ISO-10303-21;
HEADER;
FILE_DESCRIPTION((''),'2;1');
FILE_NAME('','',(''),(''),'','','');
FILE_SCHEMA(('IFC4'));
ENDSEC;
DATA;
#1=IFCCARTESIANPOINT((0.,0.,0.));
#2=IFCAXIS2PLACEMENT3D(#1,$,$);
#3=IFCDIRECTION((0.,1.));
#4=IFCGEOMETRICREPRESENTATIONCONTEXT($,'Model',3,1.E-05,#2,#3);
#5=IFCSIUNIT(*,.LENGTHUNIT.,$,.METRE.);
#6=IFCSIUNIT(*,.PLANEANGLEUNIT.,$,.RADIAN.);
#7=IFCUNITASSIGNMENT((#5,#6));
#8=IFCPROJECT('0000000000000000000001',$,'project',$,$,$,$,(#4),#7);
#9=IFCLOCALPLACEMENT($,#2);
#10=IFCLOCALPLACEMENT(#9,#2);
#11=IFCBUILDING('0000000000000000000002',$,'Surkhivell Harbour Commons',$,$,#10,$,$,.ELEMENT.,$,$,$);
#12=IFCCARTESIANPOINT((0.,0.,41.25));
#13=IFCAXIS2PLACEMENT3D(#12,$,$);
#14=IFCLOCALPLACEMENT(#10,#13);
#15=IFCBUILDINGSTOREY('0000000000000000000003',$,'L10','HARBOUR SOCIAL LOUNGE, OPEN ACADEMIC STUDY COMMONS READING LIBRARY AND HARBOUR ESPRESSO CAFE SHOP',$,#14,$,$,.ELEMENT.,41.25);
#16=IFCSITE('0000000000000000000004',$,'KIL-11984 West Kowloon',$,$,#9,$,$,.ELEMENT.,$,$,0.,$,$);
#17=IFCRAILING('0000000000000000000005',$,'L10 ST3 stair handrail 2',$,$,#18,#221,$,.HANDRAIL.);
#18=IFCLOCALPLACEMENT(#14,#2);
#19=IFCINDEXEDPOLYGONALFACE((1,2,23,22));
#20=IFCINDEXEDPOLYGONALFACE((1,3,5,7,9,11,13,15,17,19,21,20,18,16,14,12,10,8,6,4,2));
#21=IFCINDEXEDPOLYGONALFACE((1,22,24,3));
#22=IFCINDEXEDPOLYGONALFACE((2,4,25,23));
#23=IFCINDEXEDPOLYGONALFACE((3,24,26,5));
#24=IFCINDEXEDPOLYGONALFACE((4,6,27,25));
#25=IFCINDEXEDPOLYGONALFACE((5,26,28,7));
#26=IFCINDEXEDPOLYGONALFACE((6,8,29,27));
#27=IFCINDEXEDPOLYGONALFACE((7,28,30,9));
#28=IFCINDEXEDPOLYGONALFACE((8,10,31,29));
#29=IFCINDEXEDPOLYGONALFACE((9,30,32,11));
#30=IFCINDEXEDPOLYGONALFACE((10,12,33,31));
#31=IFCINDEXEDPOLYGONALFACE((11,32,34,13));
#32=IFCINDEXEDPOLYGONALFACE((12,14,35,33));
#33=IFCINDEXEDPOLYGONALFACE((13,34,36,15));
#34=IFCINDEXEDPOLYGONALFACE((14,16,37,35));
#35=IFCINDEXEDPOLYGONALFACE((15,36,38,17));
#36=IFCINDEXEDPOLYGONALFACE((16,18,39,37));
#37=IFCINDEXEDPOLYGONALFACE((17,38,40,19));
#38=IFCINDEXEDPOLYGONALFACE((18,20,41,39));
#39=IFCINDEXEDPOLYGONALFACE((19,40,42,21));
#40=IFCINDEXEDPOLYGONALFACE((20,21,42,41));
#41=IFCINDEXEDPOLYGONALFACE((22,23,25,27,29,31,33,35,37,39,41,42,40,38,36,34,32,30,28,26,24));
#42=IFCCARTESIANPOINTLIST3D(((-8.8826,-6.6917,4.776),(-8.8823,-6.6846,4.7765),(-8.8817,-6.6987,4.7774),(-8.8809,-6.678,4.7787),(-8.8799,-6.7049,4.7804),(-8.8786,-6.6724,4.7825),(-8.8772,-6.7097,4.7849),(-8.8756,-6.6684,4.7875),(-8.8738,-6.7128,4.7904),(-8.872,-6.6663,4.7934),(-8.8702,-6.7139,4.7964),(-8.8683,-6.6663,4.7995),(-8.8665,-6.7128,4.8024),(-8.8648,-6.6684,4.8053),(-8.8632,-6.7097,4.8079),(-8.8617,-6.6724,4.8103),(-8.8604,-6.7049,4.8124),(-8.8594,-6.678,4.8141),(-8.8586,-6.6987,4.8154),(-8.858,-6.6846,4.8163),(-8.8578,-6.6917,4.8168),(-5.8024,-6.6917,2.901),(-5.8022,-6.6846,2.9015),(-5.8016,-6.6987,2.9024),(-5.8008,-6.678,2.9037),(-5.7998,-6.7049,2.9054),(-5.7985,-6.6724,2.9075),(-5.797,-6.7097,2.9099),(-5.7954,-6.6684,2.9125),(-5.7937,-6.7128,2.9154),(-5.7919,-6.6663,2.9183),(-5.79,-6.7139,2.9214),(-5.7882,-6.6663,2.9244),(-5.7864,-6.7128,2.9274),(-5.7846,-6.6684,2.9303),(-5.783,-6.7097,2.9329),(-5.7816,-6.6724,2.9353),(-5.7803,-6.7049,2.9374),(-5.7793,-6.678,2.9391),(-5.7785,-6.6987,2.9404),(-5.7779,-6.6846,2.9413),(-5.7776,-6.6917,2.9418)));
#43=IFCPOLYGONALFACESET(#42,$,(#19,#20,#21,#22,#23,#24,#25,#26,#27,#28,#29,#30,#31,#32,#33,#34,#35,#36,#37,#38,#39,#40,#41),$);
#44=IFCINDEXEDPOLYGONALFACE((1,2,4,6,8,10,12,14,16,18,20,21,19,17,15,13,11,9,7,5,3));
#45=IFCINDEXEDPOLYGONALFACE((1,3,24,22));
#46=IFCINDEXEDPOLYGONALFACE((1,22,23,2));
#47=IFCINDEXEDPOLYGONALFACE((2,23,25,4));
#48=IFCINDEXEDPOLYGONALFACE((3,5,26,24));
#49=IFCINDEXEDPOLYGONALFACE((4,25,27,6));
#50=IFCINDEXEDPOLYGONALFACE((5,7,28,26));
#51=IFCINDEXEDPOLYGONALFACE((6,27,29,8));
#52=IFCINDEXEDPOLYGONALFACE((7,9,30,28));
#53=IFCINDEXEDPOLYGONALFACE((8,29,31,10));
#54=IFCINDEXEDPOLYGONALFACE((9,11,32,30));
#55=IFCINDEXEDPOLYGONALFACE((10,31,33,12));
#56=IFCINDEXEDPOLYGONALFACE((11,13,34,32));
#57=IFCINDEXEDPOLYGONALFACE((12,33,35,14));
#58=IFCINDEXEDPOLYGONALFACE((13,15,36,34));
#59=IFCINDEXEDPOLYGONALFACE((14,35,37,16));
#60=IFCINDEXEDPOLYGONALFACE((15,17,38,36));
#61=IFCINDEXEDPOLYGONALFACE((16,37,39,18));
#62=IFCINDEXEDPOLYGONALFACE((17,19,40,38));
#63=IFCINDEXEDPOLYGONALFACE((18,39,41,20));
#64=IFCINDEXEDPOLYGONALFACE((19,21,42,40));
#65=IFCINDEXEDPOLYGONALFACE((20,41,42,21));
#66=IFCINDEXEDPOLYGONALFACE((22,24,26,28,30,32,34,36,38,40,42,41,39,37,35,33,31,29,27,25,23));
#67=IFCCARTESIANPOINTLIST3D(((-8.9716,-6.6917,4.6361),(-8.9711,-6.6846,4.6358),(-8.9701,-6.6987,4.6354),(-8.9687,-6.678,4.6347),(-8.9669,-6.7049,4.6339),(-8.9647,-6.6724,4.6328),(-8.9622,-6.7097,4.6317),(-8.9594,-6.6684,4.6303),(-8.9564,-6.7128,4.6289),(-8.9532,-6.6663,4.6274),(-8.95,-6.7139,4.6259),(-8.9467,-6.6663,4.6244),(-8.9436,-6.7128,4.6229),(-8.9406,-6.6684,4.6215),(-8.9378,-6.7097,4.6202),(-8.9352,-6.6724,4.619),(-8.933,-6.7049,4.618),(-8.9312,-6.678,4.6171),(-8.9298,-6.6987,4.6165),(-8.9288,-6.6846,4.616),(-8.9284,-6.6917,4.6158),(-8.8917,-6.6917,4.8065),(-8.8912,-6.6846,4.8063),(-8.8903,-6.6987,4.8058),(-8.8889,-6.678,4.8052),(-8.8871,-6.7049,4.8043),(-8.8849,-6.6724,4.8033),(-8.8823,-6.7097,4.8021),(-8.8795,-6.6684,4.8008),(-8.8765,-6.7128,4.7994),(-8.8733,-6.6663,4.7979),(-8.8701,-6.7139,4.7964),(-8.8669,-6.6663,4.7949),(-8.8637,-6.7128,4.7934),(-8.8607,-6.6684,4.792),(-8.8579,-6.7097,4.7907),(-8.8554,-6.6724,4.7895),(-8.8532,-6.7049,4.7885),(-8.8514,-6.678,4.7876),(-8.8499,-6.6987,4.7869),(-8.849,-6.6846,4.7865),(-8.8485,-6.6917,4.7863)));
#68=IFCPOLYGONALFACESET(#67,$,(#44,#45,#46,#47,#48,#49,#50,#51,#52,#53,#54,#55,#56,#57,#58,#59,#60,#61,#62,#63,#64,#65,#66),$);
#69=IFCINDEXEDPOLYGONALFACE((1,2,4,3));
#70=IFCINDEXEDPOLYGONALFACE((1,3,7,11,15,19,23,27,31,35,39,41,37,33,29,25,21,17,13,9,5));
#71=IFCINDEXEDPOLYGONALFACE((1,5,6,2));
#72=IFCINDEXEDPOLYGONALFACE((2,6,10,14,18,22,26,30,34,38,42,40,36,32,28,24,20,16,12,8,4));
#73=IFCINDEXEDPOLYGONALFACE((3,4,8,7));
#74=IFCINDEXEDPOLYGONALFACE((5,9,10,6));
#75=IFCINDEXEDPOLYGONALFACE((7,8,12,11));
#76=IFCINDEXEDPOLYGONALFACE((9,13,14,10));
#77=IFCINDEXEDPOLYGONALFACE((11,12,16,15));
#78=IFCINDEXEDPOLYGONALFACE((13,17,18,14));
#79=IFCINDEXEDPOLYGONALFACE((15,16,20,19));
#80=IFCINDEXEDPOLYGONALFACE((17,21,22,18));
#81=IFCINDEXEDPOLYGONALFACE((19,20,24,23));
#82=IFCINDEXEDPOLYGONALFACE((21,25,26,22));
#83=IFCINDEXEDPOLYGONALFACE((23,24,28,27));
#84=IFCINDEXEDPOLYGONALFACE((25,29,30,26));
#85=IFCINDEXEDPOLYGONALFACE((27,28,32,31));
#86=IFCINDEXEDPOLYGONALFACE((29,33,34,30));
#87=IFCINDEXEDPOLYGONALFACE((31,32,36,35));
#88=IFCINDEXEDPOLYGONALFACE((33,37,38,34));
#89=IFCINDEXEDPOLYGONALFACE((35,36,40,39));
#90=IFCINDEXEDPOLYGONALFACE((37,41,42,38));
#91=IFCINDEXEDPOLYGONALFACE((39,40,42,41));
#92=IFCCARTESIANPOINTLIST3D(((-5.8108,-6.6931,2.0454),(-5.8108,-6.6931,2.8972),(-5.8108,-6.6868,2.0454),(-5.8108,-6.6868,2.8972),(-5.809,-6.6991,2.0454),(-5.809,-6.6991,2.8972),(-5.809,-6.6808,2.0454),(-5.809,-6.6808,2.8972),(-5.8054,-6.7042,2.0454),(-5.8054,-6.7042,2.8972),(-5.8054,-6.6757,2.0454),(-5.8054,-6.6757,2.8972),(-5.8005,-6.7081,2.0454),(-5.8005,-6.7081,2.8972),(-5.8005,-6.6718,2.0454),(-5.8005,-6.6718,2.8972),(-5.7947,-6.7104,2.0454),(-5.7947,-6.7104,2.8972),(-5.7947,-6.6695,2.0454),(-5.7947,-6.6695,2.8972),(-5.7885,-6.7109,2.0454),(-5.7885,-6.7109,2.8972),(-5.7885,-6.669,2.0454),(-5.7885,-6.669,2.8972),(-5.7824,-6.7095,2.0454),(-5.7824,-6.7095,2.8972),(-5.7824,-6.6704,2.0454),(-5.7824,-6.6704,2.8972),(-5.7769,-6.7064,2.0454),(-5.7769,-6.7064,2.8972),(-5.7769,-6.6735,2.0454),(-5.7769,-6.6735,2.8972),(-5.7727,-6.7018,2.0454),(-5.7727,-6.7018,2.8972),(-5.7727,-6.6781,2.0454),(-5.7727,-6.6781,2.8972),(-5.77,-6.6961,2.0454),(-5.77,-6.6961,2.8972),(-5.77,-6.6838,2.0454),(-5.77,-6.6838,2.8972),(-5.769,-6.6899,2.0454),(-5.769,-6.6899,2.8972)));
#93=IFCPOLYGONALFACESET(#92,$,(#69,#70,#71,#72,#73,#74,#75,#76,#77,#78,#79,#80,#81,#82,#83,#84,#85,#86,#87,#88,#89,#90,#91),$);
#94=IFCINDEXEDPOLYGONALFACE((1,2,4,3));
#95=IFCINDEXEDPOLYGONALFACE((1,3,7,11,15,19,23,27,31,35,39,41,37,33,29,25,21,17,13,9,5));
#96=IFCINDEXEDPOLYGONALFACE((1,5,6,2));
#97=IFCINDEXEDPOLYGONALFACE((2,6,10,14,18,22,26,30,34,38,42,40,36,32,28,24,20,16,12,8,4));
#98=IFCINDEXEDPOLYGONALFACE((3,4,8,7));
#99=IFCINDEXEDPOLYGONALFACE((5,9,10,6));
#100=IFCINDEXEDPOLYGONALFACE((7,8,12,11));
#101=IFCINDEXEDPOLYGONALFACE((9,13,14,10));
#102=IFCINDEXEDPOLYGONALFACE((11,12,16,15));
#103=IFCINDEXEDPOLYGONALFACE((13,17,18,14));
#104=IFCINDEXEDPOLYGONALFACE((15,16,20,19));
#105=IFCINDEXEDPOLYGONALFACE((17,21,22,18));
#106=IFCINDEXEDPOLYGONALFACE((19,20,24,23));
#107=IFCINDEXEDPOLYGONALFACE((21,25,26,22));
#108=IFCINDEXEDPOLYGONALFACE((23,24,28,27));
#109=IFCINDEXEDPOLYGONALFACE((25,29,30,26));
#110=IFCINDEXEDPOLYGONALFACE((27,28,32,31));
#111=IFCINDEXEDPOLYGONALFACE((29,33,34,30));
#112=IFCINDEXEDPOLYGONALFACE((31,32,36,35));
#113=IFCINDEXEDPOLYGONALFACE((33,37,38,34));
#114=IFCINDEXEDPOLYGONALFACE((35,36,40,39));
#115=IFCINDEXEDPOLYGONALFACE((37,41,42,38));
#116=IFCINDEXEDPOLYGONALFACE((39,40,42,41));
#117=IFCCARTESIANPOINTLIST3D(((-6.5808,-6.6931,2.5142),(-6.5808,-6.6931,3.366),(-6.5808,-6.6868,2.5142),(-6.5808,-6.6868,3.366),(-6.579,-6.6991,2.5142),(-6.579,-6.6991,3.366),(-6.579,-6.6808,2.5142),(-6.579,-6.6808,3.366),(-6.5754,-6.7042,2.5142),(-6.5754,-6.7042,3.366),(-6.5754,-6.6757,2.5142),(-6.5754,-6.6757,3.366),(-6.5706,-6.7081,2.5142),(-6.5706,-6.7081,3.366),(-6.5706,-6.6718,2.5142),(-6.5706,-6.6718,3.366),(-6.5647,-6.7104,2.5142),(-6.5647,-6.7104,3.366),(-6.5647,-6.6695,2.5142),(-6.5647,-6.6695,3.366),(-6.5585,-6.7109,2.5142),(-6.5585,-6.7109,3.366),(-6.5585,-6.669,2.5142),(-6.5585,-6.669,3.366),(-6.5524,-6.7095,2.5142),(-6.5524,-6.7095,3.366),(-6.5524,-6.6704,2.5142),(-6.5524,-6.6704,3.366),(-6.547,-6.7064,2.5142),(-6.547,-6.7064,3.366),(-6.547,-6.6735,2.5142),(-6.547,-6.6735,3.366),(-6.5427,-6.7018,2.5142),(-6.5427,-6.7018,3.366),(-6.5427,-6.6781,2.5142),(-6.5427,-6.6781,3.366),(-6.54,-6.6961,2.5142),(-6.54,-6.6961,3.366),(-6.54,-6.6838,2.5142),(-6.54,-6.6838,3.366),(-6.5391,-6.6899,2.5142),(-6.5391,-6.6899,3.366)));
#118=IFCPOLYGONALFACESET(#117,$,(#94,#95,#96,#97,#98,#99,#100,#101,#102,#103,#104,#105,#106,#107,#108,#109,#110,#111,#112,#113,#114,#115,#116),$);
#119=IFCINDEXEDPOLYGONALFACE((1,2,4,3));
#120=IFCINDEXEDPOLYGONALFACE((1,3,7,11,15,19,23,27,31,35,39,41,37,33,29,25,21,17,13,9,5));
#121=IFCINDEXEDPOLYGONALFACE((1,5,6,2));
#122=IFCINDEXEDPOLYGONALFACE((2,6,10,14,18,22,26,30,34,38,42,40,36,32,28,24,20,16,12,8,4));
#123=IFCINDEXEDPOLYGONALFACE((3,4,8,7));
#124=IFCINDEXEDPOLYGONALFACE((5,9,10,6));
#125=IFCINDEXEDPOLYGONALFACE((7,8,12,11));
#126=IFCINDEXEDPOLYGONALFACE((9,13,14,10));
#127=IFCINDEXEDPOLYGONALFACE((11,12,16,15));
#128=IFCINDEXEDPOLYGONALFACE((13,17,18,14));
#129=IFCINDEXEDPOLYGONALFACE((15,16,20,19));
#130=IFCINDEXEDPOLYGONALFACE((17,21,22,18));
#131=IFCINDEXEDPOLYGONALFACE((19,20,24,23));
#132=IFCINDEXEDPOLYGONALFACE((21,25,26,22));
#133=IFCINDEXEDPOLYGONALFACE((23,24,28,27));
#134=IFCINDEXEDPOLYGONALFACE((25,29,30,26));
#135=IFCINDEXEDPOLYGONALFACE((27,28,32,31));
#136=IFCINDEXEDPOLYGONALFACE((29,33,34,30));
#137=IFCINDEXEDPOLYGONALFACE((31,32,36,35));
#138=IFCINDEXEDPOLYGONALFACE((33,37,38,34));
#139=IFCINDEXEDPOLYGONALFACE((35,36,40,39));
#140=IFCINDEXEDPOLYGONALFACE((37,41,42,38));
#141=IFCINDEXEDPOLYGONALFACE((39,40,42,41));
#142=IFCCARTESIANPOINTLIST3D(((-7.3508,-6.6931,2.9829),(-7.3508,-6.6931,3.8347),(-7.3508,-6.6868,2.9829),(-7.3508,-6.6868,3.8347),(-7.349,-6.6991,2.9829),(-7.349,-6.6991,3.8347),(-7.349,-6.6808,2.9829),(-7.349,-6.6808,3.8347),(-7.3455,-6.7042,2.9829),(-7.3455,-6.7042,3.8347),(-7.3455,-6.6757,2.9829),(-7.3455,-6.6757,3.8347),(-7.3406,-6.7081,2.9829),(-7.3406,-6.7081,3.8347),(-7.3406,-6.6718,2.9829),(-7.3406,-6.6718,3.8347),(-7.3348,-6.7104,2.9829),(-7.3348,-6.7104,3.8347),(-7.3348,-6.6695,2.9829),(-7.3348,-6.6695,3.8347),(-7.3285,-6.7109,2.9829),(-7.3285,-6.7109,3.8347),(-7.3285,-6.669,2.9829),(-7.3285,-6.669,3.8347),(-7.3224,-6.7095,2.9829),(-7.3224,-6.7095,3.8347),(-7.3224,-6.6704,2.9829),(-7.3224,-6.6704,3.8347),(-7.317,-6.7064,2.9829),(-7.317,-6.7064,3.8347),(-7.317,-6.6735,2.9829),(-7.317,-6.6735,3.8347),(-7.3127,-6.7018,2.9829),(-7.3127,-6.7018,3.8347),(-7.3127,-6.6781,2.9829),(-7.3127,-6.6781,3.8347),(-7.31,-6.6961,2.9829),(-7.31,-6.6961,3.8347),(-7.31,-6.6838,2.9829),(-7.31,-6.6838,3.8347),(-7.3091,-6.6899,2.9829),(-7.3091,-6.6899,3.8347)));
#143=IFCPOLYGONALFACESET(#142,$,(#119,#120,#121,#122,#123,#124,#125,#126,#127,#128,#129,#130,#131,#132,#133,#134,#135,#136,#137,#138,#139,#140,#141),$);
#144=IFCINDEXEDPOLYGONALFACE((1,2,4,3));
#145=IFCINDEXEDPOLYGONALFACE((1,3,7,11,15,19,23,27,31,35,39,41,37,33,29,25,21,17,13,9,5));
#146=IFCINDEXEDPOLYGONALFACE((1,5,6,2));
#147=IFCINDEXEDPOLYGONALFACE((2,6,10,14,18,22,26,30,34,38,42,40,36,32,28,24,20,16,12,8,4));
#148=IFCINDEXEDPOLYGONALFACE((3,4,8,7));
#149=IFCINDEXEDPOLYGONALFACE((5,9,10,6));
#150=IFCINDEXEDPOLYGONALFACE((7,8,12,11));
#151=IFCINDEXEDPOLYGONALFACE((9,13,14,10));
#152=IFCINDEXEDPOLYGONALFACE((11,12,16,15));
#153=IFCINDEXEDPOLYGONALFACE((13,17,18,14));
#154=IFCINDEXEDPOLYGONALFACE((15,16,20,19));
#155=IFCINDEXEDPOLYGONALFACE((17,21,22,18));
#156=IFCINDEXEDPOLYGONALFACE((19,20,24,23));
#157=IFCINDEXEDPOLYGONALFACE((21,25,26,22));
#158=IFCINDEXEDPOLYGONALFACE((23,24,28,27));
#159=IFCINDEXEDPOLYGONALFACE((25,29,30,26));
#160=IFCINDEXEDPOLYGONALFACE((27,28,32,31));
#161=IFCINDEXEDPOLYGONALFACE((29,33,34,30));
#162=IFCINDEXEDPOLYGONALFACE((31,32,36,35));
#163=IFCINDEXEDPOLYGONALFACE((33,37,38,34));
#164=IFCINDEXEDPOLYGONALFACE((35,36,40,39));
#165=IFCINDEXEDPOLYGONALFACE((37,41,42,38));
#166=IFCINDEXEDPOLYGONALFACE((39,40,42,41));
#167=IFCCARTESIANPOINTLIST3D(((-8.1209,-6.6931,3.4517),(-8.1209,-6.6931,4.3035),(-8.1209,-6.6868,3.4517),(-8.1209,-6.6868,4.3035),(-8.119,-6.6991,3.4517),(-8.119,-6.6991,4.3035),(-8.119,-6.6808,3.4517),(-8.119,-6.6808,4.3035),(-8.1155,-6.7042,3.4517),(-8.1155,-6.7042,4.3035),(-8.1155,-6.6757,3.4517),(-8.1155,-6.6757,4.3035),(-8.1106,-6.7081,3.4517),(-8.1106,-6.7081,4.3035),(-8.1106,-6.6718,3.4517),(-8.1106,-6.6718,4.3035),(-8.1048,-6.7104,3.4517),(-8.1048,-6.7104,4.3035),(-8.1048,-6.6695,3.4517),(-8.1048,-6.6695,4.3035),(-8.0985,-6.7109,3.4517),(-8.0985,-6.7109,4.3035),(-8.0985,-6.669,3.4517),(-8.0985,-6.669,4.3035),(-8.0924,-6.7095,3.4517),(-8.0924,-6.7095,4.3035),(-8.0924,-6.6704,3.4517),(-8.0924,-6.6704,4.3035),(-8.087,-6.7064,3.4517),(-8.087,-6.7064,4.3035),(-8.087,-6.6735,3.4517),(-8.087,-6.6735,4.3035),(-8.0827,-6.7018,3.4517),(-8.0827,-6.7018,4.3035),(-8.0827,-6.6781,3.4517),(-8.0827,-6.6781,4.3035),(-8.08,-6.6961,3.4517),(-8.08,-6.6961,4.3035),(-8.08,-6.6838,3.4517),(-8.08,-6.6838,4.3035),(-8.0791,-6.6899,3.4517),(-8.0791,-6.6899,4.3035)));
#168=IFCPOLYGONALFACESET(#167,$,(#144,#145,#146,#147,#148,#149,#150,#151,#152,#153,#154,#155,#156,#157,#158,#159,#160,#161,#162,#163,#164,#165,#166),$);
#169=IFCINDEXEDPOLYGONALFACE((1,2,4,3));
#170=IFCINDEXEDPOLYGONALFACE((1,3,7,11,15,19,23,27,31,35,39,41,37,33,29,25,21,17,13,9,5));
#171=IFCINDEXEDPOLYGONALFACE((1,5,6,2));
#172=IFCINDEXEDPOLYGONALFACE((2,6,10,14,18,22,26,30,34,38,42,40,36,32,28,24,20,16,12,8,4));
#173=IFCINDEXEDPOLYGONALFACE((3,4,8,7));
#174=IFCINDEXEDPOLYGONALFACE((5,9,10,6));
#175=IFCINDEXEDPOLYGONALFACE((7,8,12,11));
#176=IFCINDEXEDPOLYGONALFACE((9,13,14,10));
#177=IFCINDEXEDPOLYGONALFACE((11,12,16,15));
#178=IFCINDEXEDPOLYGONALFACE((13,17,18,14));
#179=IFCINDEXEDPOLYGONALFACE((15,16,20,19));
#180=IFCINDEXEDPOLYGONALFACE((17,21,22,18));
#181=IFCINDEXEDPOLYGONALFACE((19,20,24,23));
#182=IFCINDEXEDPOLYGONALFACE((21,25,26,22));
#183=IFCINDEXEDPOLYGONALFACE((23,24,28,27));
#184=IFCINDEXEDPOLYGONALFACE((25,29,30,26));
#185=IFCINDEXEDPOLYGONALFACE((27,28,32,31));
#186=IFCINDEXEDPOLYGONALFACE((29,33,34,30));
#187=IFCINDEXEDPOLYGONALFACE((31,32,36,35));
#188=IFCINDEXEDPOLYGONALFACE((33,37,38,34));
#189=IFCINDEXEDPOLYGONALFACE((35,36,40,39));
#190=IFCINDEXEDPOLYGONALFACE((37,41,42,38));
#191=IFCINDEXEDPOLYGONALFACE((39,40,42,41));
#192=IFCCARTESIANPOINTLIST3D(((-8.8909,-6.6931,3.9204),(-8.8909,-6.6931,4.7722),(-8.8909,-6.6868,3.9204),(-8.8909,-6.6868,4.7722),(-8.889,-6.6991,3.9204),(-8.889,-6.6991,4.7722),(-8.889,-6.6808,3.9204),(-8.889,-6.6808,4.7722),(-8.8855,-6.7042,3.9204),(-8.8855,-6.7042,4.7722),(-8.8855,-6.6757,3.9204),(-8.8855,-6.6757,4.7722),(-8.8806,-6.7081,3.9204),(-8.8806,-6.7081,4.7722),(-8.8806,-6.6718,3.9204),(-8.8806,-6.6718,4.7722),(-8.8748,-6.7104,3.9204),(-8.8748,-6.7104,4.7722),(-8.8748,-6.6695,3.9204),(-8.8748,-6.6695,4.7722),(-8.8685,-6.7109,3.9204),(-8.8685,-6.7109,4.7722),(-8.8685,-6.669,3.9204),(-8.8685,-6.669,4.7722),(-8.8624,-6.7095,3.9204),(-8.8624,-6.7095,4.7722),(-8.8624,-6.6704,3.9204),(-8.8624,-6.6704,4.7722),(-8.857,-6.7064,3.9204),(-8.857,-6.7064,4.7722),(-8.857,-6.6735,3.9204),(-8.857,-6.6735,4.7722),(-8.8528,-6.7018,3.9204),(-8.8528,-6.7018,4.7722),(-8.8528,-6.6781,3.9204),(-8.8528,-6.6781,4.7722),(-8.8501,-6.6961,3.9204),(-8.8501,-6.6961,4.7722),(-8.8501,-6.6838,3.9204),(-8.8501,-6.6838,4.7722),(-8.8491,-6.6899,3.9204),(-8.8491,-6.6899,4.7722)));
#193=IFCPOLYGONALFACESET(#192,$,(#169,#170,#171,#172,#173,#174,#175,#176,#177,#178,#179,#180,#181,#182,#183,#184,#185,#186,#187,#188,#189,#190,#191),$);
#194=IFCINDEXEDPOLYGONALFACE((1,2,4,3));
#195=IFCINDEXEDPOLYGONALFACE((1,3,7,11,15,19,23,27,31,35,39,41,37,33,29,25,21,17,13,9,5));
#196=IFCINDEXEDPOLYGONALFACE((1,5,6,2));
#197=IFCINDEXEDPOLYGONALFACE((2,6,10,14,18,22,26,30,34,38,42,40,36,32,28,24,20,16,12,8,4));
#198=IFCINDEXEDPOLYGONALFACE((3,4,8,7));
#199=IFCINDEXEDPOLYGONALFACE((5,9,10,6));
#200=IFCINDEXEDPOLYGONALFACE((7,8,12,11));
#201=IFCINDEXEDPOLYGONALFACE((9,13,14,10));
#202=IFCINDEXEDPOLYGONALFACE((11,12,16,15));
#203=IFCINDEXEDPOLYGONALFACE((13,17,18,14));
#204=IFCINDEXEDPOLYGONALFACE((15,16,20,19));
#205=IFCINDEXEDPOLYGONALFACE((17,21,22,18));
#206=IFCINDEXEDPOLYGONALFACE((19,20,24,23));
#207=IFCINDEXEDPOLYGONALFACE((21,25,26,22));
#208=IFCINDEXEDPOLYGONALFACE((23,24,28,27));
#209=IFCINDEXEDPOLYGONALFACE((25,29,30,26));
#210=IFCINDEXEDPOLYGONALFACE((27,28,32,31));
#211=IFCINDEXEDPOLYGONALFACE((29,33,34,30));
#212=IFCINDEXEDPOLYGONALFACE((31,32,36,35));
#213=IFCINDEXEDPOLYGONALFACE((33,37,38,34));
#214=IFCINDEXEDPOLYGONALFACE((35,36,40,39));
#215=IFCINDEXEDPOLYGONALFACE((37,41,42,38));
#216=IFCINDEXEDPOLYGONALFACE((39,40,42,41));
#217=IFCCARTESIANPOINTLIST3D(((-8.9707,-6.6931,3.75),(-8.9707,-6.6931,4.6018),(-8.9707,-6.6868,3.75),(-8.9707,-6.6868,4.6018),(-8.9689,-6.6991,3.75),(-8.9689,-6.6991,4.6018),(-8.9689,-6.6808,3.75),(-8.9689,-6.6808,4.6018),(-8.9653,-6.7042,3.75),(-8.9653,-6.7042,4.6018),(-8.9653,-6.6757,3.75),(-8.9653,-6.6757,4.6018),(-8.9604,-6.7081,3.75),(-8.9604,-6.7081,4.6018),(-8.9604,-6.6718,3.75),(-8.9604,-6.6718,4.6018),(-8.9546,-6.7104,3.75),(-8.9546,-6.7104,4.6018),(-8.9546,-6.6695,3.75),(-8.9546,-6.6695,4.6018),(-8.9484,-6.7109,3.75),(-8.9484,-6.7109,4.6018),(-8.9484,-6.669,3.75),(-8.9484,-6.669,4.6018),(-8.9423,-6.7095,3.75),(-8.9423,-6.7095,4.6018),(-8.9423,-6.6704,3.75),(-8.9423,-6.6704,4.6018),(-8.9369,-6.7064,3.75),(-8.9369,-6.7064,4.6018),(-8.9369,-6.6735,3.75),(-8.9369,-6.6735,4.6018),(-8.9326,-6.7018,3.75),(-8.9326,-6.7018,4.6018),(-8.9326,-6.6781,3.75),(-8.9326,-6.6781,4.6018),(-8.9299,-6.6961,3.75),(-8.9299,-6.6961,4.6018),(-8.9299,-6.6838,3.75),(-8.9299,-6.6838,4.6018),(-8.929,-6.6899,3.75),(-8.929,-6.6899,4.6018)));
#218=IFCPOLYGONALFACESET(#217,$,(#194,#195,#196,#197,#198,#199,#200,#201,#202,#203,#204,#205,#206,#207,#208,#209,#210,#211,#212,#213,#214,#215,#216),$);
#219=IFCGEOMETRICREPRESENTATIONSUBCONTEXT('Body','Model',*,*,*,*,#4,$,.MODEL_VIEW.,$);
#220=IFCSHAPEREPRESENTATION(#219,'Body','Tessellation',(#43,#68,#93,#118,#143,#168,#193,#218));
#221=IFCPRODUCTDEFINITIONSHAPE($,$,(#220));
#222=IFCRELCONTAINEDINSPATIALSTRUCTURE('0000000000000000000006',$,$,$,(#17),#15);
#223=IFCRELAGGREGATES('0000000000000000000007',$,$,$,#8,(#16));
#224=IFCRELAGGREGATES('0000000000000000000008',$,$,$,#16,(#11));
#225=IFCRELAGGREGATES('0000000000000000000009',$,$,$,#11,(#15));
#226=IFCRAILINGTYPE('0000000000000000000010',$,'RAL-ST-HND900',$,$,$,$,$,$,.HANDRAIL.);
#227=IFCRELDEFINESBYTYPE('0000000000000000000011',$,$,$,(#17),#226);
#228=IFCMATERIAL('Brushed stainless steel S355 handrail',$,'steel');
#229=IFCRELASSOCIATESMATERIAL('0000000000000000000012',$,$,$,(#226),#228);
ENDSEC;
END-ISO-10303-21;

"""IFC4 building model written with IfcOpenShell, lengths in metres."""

from ifc_helpers import new_model, si_unit, direction, frame, origin, origin_2d, place, context, subcontext, project, spatial, circle, extrude, material, type_object, element, save


model = new_model("IFC4")

# Units and contexts
model_context = context("Model", 3, precision=1e-05, world=origin(), true_north=direction((0.0, 1.0)))
body_context = subcontext(model_context, "Body", "Model", "MODEL_VIEW")
ifc_project = project(units=[si_unit("LENGTHUNIT", "METRE"), si_unit("PLANEANGLEUNIT", "RADIAN")], contexts=[model_context])

# Site, building, storey
site_placement = place(None, origin())
site = spatial("IfcSite", under=ifc_project, at=site_placement, Name="KIL-11984 West Kowloon", CompositionType="ELEMENT", RefElevation=0.0)
building_placement = place(site_placement, origin())
building = spatial("IfcBuilding", under=site, at=building_placement, Name="Surkhivell Harbour Commons", CompositionType="ELEMENT")
storey_placement = place(building_placement, frame((0.0, 0.0, 41.25)))
storey = spatial("IfcBuildingStorey", under=building, at=storey_placement, Name="L10", Description="HARBOUR SOCIAL LOUNGE, OPEN ACADEMIC STUDY COMMONS READING LIBRARY AND HARBOUR ESPRESSO CAFE SHOP", CompositionType="ELEMENT", Elevation=41.25)

# Railing
ifc_material_1 = material(Name="Brushed stainless steel S355 handrail", Category="steel")
railing_type_1 = type_object("IfcRailingType", Name="RAL-ST-HND900", PredefinedType="HANDRAIL", material=ifc_material_1)
railing_1_placement = place(storey_placement, frame((-5.79, -6.6899, 2.0454)))
element("IfcRailing", 1, at=railing_1_placement, inside=storey, type_object=railing_type_1, Name="L10 ST3 stair handrail 2", PredefinedType="HANDRAIL", context=body_context, shape_type="SweptSolid", body=[
    extrude(circle(Radius=0.0239, at=origin_2d()), frame((0.0, 0.0, 0.876), z_axis=(-0.854178, 0.0, 0.519981), x_axis=(0.0, -1.0, 0.0)), (0.0, 0.0, 1.0), 3.606),
    extrude(circle(Radius=0.0239, at=origin_2d()), frame((-3.0801, 0.0, 2.751), z_axis=(-0.424234, 0.0, -0.905552), x_axis=(0.0, -1.0, 0.0)), (0.0, 0.0, 1.0), 0.1882),
    extrude(circle(Radius=0.021, at=origin_2d()), origin(), (0.0, 0.0, 1.0), 0.8518),
    extrude(circle(Radius=0.021, at=origin_2d()), frame((-0.77, 0.0, 0.4688)), (0.0, 0.0, 1.0), 0.8518),
    extrude(circle(Radius=0.021, at=origin_2d()), frame((-1.54, 0.0, 0.9375)), (0.0, 0.0, 1.0), 0.8518),
    extrude(circle(Radius=0.021, at=origin_2d()), frame((-2.3101, 0.0, 1.4062)), (0.0, 0.0, 1.0), 0.8518),
    extrude(circle(Radius=0.021, at=origin_2d()), frame((-3.0801, 0.0, 1.875)), (0.0, 0.0, 1.0), 0.8518),
    extrude(circle(Radius=0.021, at=origin_2d()), frame((-3.1599, 0.0, 1.7046)), (0.0, 0.0, 1.0), 0.8518),
])

save(model, "model.ifc")
